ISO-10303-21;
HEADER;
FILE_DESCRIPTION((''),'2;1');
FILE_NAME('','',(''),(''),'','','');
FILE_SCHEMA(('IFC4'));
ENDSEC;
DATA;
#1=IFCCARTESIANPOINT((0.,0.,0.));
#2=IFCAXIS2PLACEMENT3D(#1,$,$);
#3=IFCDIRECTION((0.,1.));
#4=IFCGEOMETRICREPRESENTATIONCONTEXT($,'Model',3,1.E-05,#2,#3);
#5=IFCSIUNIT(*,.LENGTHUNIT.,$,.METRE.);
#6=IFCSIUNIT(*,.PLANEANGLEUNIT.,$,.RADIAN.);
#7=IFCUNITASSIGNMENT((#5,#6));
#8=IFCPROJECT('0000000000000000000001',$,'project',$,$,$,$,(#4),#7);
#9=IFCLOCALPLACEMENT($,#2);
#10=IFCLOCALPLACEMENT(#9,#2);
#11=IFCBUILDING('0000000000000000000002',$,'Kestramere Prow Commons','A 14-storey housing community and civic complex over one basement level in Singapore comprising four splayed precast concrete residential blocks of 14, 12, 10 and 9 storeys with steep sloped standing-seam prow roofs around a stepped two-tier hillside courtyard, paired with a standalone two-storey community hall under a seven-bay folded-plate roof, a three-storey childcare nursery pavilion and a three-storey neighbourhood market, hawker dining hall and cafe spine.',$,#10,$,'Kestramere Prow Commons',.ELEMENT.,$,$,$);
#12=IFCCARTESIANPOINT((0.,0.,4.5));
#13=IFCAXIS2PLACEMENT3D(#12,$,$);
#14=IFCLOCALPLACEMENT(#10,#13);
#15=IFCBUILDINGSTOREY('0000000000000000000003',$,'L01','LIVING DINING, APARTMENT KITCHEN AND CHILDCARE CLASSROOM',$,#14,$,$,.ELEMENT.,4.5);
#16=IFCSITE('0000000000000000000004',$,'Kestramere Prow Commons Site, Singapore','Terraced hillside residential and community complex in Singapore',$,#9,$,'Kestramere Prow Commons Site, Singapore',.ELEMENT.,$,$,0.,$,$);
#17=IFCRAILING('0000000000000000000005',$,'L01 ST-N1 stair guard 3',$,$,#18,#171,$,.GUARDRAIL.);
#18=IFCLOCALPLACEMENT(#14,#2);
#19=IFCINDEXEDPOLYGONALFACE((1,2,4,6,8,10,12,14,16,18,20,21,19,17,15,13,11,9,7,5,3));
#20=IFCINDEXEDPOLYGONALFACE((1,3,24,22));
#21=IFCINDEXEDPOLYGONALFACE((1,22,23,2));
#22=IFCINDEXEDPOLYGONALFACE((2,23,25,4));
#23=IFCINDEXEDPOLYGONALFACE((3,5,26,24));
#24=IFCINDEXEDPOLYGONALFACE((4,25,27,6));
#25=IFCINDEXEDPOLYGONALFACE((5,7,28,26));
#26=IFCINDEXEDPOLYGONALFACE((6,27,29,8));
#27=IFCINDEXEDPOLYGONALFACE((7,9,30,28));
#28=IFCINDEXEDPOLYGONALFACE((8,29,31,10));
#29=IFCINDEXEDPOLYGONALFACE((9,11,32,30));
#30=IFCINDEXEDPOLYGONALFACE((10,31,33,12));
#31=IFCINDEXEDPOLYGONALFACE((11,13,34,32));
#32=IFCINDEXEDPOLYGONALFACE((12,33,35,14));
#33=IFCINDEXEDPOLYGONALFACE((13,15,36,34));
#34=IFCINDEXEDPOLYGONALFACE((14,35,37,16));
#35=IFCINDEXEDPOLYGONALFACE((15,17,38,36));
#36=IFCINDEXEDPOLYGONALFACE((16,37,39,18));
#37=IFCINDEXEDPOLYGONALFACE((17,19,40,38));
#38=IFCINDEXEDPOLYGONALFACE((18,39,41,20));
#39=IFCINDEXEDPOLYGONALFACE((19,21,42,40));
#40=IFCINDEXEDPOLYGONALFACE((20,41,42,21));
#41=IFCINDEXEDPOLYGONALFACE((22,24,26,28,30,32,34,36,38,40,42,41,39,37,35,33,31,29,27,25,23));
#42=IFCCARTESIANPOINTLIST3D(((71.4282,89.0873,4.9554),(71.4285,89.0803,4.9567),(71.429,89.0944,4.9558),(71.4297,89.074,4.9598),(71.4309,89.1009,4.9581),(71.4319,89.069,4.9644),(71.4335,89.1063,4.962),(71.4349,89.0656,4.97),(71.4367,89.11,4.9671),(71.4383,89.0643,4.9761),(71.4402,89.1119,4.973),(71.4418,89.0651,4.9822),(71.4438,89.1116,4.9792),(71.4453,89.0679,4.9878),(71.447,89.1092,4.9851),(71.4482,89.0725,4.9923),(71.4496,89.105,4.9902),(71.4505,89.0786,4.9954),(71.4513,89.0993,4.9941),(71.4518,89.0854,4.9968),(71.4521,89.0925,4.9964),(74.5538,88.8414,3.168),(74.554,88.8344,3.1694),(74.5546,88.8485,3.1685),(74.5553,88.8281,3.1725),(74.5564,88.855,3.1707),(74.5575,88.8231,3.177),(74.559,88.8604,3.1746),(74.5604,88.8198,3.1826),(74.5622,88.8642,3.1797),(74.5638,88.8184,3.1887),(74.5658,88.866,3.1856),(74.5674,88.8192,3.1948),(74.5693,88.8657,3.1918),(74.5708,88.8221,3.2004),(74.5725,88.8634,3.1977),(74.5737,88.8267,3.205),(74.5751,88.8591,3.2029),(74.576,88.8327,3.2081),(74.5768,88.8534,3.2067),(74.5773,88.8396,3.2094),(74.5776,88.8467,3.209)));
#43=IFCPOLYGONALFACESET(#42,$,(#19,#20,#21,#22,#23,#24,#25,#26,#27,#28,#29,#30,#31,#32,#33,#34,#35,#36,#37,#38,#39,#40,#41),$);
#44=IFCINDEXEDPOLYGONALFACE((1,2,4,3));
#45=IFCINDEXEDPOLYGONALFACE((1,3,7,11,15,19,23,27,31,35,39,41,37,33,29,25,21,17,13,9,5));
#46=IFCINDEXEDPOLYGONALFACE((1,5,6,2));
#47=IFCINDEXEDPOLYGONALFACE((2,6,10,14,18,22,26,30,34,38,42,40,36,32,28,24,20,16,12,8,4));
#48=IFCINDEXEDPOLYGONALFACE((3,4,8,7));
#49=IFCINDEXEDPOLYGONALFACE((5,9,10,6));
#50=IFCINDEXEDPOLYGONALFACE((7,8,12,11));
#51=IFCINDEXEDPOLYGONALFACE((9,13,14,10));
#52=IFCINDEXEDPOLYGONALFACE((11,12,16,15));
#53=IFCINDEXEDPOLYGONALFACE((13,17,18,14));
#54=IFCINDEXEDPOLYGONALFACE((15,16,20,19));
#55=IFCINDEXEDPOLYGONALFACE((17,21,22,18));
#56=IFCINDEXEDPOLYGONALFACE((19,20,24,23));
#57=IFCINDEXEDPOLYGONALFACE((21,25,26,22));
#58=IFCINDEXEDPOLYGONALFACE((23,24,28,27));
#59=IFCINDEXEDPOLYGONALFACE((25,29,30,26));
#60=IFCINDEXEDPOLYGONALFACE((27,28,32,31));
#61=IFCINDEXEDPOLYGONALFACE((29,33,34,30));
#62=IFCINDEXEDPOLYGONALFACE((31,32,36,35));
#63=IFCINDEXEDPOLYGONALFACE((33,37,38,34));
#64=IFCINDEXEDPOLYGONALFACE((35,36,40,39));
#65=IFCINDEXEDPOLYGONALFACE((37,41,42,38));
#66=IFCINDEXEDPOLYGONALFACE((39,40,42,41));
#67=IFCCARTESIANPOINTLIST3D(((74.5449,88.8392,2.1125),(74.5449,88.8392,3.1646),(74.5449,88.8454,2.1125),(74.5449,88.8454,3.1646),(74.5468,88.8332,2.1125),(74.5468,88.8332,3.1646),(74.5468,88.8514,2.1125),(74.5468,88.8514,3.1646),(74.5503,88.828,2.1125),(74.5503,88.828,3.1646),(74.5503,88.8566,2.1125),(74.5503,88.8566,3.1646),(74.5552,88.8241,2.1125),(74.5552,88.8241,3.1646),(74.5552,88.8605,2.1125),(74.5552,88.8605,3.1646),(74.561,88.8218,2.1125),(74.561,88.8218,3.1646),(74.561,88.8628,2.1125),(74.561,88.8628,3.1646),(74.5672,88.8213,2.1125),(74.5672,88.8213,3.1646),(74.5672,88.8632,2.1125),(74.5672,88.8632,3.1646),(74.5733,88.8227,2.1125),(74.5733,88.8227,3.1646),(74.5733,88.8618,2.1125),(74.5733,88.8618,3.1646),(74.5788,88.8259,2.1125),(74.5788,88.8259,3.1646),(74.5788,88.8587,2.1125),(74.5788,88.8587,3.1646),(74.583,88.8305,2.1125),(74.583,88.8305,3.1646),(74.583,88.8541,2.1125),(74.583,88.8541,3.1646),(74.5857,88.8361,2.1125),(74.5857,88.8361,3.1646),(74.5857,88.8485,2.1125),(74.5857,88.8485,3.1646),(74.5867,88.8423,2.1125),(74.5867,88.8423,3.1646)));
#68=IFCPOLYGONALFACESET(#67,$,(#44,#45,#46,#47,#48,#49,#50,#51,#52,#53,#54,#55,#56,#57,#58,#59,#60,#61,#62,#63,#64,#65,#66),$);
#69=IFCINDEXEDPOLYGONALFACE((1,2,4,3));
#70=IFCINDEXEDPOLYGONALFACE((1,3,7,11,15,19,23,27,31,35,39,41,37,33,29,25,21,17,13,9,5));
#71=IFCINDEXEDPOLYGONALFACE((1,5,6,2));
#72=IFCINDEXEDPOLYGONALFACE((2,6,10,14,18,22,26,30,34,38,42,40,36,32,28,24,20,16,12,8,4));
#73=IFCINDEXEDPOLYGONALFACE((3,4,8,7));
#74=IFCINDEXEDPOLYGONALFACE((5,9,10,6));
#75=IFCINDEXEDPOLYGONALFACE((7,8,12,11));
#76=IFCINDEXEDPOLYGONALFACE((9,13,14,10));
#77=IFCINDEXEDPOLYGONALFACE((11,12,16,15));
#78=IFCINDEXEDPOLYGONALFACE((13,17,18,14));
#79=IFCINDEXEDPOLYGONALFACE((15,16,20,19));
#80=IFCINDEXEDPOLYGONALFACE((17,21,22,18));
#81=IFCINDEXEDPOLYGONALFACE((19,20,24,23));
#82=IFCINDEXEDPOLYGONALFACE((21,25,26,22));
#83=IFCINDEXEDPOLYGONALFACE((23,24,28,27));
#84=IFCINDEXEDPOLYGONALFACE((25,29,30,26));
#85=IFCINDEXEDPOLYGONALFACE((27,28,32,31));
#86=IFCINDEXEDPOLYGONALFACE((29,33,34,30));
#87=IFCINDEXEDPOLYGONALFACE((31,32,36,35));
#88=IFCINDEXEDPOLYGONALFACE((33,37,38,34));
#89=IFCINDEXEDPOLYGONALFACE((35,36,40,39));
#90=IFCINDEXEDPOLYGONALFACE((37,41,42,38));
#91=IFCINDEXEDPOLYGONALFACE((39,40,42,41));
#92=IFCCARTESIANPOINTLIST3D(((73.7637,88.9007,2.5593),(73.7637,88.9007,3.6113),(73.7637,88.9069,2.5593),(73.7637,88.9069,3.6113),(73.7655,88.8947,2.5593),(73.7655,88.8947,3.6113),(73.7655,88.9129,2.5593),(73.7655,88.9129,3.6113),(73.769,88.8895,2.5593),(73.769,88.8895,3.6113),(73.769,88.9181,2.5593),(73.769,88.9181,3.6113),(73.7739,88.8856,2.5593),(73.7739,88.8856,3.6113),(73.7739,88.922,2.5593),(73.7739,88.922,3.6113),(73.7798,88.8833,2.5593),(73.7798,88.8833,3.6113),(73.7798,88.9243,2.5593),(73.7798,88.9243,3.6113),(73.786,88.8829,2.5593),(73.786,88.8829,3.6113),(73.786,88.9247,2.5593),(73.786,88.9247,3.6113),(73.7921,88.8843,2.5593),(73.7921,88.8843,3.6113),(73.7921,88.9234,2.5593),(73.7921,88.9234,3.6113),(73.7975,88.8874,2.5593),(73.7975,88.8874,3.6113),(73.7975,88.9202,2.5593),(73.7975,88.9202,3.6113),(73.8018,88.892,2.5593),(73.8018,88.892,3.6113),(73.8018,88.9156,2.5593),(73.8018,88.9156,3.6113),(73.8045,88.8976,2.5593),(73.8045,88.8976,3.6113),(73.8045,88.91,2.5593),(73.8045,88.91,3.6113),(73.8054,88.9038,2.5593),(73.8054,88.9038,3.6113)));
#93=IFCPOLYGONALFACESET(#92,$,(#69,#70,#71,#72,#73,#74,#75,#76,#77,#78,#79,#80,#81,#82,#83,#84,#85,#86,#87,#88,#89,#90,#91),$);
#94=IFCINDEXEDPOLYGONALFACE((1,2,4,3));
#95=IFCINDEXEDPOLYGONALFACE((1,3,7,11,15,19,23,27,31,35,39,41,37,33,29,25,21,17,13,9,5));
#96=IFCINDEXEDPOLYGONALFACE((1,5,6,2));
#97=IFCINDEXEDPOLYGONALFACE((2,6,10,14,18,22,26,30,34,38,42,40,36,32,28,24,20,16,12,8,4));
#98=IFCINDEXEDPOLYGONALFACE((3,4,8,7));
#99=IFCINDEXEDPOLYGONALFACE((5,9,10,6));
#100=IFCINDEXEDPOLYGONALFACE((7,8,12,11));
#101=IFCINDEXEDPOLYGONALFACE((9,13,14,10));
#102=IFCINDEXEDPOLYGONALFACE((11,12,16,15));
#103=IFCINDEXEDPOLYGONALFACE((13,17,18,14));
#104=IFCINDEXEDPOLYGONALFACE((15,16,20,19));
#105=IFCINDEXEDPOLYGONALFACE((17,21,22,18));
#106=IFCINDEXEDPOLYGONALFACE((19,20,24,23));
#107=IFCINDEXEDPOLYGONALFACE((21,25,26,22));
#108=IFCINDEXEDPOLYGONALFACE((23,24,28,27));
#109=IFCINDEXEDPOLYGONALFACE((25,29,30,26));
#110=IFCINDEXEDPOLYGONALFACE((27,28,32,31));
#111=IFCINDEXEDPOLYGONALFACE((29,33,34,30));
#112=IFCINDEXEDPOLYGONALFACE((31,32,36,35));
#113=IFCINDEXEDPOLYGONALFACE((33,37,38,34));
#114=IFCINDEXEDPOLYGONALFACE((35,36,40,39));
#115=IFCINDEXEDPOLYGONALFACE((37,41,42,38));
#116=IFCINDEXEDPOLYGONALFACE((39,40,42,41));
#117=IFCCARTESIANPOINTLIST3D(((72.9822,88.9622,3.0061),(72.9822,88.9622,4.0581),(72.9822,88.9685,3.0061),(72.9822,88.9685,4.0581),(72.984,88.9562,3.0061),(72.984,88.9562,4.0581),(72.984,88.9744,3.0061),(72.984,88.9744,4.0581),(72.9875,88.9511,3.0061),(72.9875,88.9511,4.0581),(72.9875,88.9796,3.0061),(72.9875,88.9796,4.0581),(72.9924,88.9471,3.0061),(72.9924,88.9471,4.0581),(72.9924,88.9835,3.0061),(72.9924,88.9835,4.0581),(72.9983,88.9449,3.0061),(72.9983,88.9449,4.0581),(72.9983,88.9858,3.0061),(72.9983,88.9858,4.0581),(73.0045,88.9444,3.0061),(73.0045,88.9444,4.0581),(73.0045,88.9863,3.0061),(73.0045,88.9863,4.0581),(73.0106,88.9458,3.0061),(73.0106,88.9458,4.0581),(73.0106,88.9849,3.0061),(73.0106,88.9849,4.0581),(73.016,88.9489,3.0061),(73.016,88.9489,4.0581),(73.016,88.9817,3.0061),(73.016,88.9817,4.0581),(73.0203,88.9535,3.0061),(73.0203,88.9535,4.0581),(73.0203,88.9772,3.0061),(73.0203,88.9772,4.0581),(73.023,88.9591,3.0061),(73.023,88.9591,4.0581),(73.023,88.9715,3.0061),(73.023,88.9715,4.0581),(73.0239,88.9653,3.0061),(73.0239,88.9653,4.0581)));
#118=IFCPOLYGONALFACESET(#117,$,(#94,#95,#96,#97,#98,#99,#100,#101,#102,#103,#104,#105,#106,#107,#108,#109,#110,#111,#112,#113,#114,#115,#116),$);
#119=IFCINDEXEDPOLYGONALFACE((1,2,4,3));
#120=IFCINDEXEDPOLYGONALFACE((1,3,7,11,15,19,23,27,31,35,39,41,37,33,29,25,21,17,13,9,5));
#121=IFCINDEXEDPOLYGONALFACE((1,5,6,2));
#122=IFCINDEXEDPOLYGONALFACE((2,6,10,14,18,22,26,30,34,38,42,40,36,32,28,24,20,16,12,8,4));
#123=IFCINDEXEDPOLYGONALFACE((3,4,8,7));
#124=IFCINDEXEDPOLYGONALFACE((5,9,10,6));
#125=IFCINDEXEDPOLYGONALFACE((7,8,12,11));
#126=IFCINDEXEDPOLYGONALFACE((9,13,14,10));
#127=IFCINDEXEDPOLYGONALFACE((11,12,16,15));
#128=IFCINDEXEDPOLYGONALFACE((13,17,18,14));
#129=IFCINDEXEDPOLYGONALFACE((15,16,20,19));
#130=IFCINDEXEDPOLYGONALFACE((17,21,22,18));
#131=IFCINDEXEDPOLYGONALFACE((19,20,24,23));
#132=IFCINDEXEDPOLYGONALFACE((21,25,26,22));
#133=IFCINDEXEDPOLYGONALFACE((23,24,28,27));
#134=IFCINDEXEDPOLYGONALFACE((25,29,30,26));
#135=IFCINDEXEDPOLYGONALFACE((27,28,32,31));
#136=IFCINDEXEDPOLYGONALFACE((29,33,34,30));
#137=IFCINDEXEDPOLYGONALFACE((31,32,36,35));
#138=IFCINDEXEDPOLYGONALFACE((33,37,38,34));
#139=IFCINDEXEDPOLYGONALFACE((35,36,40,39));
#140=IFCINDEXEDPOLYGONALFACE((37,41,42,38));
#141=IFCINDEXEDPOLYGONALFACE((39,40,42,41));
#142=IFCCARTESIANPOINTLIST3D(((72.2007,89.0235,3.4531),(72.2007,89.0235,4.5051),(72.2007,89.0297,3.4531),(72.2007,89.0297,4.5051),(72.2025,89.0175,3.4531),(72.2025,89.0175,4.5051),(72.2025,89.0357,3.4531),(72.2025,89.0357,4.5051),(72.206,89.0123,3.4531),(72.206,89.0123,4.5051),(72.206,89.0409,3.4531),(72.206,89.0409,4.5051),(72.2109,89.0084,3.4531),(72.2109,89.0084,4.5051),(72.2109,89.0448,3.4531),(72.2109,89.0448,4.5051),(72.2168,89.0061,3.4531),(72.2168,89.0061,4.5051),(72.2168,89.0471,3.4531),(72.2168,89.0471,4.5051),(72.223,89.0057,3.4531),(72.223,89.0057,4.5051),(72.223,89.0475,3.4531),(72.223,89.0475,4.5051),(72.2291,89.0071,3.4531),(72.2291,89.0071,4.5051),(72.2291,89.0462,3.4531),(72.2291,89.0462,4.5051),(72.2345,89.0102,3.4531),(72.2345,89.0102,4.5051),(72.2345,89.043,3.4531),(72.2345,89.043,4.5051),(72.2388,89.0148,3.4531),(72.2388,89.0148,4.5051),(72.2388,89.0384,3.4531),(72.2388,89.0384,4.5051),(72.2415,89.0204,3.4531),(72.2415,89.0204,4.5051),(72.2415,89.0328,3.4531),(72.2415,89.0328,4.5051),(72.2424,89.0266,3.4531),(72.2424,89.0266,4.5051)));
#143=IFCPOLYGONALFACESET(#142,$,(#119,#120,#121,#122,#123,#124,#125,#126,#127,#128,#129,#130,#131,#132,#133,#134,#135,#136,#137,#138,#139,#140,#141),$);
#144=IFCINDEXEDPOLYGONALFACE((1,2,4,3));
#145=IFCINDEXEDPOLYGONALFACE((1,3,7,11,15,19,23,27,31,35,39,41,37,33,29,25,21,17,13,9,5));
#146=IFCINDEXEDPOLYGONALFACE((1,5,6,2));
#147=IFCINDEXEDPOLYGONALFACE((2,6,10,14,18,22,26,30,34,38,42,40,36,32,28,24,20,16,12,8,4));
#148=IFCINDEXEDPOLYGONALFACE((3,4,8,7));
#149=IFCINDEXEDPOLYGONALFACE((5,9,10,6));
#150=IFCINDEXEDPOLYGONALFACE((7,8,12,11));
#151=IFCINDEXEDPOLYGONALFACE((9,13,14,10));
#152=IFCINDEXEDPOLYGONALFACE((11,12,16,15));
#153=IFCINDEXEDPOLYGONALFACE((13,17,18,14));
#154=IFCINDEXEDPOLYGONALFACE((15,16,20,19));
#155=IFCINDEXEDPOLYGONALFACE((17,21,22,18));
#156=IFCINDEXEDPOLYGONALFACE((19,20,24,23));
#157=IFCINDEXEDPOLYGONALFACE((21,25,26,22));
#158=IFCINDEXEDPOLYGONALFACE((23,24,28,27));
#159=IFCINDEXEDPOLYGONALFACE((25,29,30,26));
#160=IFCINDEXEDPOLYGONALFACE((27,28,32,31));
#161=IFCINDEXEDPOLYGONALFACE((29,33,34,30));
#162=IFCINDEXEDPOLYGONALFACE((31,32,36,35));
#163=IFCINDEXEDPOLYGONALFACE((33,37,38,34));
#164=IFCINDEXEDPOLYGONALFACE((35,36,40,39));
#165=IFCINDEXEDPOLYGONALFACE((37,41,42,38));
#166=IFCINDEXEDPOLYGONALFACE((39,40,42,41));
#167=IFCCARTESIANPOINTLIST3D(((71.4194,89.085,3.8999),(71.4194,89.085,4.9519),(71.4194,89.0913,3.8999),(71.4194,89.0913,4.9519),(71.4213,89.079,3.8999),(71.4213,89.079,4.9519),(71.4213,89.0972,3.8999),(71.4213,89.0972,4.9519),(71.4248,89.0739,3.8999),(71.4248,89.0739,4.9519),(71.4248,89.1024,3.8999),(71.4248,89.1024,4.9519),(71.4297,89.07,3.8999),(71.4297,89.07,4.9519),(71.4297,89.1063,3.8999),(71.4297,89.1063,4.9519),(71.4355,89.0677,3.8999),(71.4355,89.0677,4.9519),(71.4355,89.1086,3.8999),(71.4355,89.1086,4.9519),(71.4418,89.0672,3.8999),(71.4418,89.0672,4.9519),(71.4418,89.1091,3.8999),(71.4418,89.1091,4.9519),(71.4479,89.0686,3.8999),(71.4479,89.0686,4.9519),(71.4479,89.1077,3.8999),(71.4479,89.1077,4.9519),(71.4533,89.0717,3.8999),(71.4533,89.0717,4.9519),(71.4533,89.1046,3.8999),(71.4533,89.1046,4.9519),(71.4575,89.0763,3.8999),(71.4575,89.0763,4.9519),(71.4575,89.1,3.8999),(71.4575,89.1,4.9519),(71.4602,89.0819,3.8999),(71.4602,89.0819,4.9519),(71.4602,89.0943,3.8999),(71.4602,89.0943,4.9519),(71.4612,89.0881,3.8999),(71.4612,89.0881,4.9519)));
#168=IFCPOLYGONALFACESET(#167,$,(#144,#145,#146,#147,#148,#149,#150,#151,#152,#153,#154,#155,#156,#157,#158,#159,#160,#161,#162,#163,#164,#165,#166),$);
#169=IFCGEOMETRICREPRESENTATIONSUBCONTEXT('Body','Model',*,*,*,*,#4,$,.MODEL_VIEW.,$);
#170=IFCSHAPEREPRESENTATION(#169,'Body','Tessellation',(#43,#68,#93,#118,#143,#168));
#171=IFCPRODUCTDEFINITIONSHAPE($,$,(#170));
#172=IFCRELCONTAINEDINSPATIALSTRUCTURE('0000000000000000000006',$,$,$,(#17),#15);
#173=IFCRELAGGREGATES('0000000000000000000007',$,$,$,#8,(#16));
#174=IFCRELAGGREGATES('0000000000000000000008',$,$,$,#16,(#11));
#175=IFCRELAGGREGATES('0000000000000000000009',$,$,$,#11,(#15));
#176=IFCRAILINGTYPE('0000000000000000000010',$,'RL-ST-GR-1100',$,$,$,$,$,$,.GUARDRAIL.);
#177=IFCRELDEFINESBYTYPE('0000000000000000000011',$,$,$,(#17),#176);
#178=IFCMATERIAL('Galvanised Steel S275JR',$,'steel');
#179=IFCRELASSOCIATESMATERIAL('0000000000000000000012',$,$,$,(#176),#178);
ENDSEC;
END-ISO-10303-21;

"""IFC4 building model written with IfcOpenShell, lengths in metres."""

from ifc_helpers import new_model, si_unit, direction, frame, origin, origin_2d, place, context, subcontext, project, spatial, circle, extrude, material, type_object, element, save


model = new_model("IFC4")

# Units and contexts
model_context = context("Model", 3, precision=1e-05, world=origin(), true_north=direction((0.0, 1.0)))
body_context = subcontext(model_context, "Body", "Model", "MODEL_VIEW")
ifc_project = project(units=[si_unit("LENGTHUNIT", "METRE"), si_unit("PLANEANGLEUNIT", "RADIAN")], contexts=[model_context])

# Site, building, storey
site_placement = place(None, origin())
site = spatial("IfcSite", under=ifc_project, at=site_placement, Name="Kestramere Prow Commons Site, Singapore", Description="Terraced hillside residential and community complex in Singapore", LongName="Kestramere Prow Commons Site, Singapore", CompositionType="ELEMENT", RefElevation=0.0)
building_placement = place(site_placement, origin())
building = spatial("IfcBuilding", under=site, at=building_placement, Name="Kestramere Prow Commons", Description="A 14-storey housing community and civic complex over one basement level in Singapore comprising four splayed precast concrete residential blocks of 14, 12, 10 and 9 storeys with steep sloped standing-seam prow roofs around a stepped two-tier hillside courtyard, paired with a standalone two-storey community hall under a seven-bay folded-plate roof, a three-storey childcare nursery pavilion and a three-storey neighbourhood market, hawker dining hall and cafe spine.", LongName="Kestramere Prow Commons", CompositionType="ELEMENT")
storey_placement = place(building_placement, frame((0.0, 0.0, 4.5)))
storey = spatial("IfcBuildingStorey", under=building, at=storey_placement, Name="L01", Description="LIVING DINING, APARTMENT KITCHEN AND CHILDCARE CLASSROOM", CompositionType="ELEMENT", Elevation=4.5)

# Railing
ifc_material_1 = material(Name="Galvanised Steel S275JR", Category="steel")
railing_type_1 = type_object("IfcRailingType", Name="RL-ST-GR-1100", PredefinedType="GUARDRAIL", material=ifc_material_1)
railing_1_placement = place(storey_placement, frame((74.5657, 88.8423, 2.1125)))
element("IfcRailing", 1, at=railing_1_placement, inside=storey, type_object=railing_type_1, Name="L01 ST-N1 stair guard 3", PredefinedType="GUARDRAIL", context=body_context, shape_type="SweptSolid", body=[
    extrude(circle(Radius=0.0239, at=origin_2d()), frame((0.0, 0.0, 1.0762), z_axis=(-0.866064, 0.068124, 0.49527), x_axis=(-0.078417, -0.996921, 0.0)), (0.0, 0.0, 1.0), 3.6089),
    extrude(circle(Radius=0.021, at=origin_2d()), origin(), (0.0, 0.0, 1.0), 1.052),
    extrude(circle(Radius=0.021, at=origin_2d()), frame((-0.7812, 0.0615, 0.4468)), (0.0, 0.0, 1.0), 1.052),
    extrude(circle(Radius=0.021, at=origin_2d()), frame((-1.5627, 0.123, 0.8936)), (0.0, 0.0, 1.0), 1.052),
    extrude(circle(Radius=0.021, at=origin_2d()), frame((-2.3442, 0.1843, 1.3406)), (0.0, 0.0, 1.0), 1.052),
    extrude(circle(Radius=0.021, at=origin_2d()), frame((-3.1255, 0.2458, 1.7874)), (0.0, 0.0, 1.0), 1.052),
])

save(model, "model.ifc")
